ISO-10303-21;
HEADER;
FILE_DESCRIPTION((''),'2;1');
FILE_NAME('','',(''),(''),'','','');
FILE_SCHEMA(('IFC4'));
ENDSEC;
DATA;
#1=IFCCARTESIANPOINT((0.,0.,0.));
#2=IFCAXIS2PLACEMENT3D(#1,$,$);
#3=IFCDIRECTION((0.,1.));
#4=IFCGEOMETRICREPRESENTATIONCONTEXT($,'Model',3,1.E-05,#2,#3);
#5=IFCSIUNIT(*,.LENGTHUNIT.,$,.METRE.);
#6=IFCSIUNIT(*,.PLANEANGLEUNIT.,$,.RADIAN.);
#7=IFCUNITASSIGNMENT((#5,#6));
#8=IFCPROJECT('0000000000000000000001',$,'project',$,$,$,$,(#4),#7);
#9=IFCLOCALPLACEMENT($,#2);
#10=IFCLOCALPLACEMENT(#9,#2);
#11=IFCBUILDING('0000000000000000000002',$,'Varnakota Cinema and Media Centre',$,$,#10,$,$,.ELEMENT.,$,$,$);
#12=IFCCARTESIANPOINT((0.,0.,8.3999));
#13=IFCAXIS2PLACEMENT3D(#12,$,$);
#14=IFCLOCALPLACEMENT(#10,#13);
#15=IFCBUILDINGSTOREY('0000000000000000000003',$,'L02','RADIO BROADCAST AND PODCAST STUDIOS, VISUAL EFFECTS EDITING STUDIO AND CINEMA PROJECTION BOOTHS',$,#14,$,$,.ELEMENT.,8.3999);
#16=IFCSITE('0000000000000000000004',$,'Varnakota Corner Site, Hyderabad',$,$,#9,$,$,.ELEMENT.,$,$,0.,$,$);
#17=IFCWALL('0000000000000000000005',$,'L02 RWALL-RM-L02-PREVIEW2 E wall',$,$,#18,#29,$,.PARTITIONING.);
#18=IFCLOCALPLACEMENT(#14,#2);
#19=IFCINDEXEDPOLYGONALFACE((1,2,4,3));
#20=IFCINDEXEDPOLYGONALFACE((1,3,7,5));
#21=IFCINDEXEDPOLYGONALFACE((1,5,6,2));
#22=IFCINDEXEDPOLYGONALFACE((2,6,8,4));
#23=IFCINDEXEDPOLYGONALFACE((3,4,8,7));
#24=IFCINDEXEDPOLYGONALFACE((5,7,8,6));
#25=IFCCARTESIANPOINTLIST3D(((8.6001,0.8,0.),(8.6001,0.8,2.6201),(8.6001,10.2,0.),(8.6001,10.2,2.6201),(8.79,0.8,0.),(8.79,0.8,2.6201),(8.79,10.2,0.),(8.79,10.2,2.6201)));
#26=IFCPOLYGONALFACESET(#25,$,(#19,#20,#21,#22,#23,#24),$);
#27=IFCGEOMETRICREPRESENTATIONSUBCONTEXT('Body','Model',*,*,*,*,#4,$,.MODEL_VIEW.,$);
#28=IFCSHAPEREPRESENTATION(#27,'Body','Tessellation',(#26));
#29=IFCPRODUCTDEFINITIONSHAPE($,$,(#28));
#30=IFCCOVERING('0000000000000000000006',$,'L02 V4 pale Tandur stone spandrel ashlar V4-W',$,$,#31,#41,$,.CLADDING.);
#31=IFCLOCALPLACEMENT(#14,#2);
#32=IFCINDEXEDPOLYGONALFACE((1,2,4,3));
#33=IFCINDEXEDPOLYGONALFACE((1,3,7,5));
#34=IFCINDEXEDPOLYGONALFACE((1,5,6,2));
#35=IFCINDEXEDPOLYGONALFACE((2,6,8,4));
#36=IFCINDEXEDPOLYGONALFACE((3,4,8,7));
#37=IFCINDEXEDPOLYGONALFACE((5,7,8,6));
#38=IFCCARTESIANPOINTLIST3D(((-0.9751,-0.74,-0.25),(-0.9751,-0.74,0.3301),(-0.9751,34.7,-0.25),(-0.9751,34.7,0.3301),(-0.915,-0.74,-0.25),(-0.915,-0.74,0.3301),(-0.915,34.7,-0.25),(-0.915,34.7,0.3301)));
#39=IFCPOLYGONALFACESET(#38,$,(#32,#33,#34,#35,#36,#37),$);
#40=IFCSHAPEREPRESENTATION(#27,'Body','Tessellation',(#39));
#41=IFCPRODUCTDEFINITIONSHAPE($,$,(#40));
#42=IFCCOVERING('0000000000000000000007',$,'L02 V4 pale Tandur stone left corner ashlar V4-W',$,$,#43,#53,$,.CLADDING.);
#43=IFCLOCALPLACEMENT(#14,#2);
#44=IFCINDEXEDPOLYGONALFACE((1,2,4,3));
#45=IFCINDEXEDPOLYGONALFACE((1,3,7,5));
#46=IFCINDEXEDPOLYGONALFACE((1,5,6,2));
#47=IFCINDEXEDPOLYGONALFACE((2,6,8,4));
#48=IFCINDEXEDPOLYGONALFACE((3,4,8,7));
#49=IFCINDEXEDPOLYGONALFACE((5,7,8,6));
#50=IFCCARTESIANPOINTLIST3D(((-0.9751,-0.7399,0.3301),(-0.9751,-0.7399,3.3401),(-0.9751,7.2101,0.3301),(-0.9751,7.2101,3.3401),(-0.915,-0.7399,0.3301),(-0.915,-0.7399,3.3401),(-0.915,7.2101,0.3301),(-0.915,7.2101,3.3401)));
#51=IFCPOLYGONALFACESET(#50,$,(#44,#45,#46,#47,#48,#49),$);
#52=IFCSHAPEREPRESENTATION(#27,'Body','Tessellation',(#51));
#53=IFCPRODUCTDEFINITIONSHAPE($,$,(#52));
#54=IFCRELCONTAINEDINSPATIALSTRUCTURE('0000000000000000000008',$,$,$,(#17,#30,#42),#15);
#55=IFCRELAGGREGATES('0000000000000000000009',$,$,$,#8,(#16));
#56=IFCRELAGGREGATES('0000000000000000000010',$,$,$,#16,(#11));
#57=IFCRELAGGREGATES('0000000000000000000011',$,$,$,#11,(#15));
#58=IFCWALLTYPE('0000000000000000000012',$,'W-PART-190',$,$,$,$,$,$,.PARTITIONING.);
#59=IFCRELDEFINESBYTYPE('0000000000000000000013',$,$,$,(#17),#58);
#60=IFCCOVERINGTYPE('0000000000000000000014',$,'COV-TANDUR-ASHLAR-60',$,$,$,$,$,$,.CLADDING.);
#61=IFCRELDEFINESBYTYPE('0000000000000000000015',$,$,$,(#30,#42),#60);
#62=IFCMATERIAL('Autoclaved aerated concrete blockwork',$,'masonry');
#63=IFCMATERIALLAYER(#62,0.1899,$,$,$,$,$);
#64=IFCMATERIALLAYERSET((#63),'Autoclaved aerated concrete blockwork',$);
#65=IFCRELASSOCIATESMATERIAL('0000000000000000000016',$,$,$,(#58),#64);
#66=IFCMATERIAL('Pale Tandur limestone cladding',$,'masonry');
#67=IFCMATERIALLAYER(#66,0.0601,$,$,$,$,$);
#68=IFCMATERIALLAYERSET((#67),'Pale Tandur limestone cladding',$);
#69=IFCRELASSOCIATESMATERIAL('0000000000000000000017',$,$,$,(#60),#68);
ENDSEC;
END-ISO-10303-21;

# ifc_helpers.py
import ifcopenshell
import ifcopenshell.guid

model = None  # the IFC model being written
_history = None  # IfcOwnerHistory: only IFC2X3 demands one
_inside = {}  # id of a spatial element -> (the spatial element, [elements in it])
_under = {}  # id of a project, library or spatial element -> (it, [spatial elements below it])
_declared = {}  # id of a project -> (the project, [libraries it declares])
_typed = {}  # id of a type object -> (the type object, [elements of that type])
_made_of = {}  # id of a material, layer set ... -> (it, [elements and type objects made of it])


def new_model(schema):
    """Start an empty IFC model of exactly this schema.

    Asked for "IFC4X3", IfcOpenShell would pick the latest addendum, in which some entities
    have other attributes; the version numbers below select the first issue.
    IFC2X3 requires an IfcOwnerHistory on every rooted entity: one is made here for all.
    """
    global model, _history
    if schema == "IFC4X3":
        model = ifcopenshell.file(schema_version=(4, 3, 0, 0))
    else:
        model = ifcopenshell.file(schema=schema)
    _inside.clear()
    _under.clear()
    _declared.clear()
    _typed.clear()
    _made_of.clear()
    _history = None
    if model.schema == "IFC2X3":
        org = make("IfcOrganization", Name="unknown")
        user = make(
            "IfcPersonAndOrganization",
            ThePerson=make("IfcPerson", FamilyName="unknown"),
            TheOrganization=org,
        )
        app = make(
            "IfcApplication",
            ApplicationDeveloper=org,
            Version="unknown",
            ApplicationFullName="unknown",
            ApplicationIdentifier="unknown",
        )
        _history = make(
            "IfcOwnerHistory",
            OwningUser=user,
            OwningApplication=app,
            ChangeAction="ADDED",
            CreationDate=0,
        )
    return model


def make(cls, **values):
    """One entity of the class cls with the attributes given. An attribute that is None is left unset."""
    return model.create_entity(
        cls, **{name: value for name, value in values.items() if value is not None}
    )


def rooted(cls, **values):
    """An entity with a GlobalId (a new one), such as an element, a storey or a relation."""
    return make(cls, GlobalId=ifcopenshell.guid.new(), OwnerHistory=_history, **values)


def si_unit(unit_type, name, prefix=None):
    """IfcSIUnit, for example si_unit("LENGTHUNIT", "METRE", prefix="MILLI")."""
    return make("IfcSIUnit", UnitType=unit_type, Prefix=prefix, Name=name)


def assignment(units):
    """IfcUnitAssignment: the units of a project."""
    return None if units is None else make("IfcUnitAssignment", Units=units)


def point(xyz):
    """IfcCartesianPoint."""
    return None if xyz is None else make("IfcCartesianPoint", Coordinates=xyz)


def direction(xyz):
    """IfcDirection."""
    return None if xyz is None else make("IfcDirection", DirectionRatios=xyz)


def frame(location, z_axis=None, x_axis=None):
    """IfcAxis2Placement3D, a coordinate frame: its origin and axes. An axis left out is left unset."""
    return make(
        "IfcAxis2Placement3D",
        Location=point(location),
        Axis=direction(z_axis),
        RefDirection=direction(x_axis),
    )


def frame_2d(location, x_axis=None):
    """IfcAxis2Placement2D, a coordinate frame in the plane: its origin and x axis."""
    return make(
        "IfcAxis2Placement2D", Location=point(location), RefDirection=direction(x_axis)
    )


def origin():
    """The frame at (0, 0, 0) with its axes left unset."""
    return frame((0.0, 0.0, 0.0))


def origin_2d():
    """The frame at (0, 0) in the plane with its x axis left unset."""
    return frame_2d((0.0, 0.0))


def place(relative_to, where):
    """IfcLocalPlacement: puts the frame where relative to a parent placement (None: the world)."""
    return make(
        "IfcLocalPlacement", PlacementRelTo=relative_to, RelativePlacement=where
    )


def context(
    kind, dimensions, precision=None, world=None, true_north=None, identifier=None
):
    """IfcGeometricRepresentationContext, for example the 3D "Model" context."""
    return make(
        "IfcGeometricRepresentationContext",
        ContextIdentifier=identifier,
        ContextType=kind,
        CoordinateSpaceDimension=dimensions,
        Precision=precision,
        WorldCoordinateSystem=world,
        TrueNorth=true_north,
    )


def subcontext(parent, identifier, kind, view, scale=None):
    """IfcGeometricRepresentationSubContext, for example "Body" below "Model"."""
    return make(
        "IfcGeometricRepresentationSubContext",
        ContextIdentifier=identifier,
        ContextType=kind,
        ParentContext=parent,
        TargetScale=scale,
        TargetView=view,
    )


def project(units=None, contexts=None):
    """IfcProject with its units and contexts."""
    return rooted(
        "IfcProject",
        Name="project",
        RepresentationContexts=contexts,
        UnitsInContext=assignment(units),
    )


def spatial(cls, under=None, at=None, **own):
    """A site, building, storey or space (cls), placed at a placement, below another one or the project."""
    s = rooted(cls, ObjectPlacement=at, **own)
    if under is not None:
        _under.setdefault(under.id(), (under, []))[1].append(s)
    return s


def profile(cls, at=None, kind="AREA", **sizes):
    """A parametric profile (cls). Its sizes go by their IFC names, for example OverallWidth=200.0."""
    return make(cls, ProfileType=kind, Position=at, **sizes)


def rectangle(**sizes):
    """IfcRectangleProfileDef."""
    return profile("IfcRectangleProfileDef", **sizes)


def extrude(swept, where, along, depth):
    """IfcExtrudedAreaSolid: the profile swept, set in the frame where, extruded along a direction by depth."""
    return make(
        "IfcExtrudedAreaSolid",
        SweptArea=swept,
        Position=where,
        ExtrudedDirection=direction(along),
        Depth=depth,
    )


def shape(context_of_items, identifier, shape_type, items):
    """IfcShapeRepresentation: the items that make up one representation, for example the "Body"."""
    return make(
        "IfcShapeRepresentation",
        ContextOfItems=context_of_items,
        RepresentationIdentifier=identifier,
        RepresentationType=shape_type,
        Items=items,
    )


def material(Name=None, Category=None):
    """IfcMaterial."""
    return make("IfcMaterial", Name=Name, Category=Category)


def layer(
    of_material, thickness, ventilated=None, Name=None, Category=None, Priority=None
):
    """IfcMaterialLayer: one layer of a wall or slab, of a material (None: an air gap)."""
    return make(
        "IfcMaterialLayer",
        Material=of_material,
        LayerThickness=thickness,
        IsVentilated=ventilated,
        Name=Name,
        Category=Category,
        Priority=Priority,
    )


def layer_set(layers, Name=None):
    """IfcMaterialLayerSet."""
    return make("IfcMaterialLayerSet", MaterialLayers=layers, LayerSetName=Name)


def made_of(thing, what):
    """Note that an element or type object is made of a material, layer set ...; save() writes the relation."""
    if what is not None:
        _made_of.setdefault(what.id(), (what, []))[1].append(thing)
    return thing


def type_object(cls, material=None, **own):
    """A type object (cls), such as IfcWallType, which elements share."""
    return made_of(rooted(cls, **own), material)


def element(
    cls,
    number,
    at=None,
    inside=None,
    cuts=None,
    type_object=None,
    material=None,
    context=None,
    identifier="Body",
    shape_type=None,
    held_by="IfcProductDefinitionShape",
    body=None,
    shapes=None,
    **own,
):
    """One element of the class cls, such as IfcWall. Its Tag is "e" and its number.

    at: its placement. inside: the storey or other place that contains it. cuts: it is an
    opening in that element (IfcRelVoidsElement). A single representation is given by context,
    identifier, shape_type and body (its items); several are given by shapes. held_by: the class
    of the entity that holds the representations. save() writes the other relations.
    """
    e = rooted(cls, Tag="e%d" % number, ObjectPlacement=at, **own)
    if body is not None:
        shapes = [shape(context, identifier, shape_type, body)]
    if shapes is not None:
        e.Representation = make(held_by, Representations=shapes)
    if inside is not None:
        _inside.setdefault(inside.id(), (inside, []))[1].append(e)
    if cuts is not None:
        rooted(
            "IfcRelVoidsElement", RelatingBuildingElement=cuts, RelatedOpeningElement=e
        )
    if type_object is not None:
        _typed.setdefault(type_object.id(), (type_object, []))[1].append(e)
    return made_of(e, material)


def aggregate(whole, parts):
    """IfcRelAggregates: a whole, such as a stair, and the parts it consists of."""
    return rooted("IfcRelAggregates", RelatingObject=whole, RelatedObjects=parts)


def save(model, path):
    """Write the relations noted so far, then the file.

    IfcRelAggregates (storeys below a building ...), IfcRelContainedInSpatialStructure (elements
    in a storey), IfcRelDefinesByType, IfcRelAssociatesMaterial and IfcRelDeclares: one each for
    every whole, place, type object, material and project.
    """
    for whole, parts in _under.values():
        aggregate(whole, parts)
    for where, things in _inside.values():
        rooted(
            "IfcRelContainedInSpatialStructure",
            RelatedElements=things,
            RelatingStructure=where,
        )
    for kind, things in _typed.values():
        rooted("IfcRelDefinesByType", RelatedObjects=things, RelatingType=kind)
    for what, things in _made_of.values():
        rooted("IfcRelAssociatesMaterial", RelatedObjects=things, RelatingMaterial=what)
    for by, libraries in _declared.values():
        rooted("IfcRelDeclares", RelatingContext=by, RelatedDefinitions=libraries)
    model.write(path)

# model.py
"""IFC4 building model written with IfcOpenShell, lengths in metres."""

from ifc_helpers import new_model, si_unit, direction, frame, frame_2d, origin, origin_2d, place, context, subcontext, project, spatial, rectangle, extrude, material, layer, layer_set, type_object, element, save


model = new_model("IFC4")

# Units and contexts
model_context = context("Model", 3, precision=1e-05, world=origin(), true_north=direction((0.0, 1.0)))
body_context = subcontext(model_context, "Body", "Model", "MODEL_VIEW")
ifc_project = project(units=[si_unit("LENGTHUNIT", "METRE"), si_unit("PLANEANGLEUNIT", "RADIAN")], contexts=[model_context])

# Site, building, storey
site_placement = place(None, origin())
site = spatial("IfcSite", under=ifc_project, at=site_placement, Name="Varnakota Corner Site, Hyderabad", CompositionType="ELEMENT", RefElevation=0.0)
building_placement = place(site_placement, origin())
building = spatial("IfcBuilding", under=site, at=building_placement, Name="Varnakota Cinema and Media Centre", CompositionType="ELEMENT")
storey_placement = place(building_placement, frame((0.0, 0.0, 8.3999)))
storey = spatial("IfcBuildingStorey", under=building, at=storey_placement, Name="L02", Description="RADIO BROADCAST AND PODCAST STUDIOS, VISUAL EFFECTS EDITING STUDIO AND CINEMA PROJECTION BOOTHS", CompositionType="ELEMENT", Elevation=8.3999)

# Shared definitions
ifc_material_1 = material(Name="Autoclaved aerated concrete blockwork", Category="masonry")
ifc_layer_1 = layer(ifc_material_1, 0.1899)
ifc_layer_set_1 = layer_set([ifc_layer_1], Name="Autoclaved aerated concrete blockwork")
wall_type_1 = type_object("IfcWallType", Name="W-PART-190", PredefinedType="PARTITIONING", material=ifc_layer_set_1)

# Wall
wall_1_placement = place(storey_placement, frame((8.6951, 10.2, 0.0), z_axis=(0.0, 0.0, 1.0), x_axis=(0.0, -1.0, 0.0)))
element("IfcWall", 1, at=wall_1_placement, inside=storey, type_object=wall_type_1, Name="L02 RWALL-RM-L02-PREVIEW2 E wall", PredefinedType="PARTITIONING", context=body_context, shape_type="SweptSolid", body=[
    extrude(rectangle(XDim=9.3999, YDim=0.1899, at=frame_2d((4.7, 0.0))), origin(), (0.0, 0.0, 1.0), 2.6201),
])

# Coverings
ifc_material_2 = material(Name="Pale Tandur limestone cladding", Category="masonry")
ifc_layer_2 = layer(ifc_material_2, 0.0601)
ifc_layer_set_2 = layer_set([ifc_layer_2], Name="Pale Tandur limestone cladding")
covering_type = type_object("IfcCoveringType", Name="COV-TANDUR-ASHLAR-60", PredefinedType="CLADDING", material=ifc_layer_set_2)
covering_1_placement = place(storey_placement, frame((-0.9451, 16.98, -0.25), z_axis=(0.0, 0.0, 1.0), x_axis=(0.0, 1.0, 0.0)))
element("IfcCovering", 2, at=covering_1_placement, inside=storey, type_object=covering_type, Name="L02 V4 pale Tandur stone spandrel ashlar V4-W", PredefinedType="CLADDING", context=body_context, shape_type="SweptSolid", body=[
    extrude(rectangle(XDim=35.4399, YDim=0.0601, at=origin_2d()), origin(), (0.0, 0.0, 1.0), 0.5801),
])
covering_2_placement = place(storey_placement, frame((-0.9451, 3.2351, 0.3301), z_axis=(0.0, 0.0, 1.0), x_axis=(0.0, 1.0, 0.0)))
element("IfcCovering", 3, at=covering_2_placement, inside=storey, type_object=covering_type, Name="L02 V4 pale Tandur stone left corner ashlar V4-W", PredefinedType="CLADDING", context=body_context, shape_type="SweptSolid", body=[
    extrude(rectangle(XDim=7.95, YDim=0.0601, at=origin_2d()), origin(), (0.0, 0.0, 1.0), 3.01),
])

save(model, "model.ifc")
